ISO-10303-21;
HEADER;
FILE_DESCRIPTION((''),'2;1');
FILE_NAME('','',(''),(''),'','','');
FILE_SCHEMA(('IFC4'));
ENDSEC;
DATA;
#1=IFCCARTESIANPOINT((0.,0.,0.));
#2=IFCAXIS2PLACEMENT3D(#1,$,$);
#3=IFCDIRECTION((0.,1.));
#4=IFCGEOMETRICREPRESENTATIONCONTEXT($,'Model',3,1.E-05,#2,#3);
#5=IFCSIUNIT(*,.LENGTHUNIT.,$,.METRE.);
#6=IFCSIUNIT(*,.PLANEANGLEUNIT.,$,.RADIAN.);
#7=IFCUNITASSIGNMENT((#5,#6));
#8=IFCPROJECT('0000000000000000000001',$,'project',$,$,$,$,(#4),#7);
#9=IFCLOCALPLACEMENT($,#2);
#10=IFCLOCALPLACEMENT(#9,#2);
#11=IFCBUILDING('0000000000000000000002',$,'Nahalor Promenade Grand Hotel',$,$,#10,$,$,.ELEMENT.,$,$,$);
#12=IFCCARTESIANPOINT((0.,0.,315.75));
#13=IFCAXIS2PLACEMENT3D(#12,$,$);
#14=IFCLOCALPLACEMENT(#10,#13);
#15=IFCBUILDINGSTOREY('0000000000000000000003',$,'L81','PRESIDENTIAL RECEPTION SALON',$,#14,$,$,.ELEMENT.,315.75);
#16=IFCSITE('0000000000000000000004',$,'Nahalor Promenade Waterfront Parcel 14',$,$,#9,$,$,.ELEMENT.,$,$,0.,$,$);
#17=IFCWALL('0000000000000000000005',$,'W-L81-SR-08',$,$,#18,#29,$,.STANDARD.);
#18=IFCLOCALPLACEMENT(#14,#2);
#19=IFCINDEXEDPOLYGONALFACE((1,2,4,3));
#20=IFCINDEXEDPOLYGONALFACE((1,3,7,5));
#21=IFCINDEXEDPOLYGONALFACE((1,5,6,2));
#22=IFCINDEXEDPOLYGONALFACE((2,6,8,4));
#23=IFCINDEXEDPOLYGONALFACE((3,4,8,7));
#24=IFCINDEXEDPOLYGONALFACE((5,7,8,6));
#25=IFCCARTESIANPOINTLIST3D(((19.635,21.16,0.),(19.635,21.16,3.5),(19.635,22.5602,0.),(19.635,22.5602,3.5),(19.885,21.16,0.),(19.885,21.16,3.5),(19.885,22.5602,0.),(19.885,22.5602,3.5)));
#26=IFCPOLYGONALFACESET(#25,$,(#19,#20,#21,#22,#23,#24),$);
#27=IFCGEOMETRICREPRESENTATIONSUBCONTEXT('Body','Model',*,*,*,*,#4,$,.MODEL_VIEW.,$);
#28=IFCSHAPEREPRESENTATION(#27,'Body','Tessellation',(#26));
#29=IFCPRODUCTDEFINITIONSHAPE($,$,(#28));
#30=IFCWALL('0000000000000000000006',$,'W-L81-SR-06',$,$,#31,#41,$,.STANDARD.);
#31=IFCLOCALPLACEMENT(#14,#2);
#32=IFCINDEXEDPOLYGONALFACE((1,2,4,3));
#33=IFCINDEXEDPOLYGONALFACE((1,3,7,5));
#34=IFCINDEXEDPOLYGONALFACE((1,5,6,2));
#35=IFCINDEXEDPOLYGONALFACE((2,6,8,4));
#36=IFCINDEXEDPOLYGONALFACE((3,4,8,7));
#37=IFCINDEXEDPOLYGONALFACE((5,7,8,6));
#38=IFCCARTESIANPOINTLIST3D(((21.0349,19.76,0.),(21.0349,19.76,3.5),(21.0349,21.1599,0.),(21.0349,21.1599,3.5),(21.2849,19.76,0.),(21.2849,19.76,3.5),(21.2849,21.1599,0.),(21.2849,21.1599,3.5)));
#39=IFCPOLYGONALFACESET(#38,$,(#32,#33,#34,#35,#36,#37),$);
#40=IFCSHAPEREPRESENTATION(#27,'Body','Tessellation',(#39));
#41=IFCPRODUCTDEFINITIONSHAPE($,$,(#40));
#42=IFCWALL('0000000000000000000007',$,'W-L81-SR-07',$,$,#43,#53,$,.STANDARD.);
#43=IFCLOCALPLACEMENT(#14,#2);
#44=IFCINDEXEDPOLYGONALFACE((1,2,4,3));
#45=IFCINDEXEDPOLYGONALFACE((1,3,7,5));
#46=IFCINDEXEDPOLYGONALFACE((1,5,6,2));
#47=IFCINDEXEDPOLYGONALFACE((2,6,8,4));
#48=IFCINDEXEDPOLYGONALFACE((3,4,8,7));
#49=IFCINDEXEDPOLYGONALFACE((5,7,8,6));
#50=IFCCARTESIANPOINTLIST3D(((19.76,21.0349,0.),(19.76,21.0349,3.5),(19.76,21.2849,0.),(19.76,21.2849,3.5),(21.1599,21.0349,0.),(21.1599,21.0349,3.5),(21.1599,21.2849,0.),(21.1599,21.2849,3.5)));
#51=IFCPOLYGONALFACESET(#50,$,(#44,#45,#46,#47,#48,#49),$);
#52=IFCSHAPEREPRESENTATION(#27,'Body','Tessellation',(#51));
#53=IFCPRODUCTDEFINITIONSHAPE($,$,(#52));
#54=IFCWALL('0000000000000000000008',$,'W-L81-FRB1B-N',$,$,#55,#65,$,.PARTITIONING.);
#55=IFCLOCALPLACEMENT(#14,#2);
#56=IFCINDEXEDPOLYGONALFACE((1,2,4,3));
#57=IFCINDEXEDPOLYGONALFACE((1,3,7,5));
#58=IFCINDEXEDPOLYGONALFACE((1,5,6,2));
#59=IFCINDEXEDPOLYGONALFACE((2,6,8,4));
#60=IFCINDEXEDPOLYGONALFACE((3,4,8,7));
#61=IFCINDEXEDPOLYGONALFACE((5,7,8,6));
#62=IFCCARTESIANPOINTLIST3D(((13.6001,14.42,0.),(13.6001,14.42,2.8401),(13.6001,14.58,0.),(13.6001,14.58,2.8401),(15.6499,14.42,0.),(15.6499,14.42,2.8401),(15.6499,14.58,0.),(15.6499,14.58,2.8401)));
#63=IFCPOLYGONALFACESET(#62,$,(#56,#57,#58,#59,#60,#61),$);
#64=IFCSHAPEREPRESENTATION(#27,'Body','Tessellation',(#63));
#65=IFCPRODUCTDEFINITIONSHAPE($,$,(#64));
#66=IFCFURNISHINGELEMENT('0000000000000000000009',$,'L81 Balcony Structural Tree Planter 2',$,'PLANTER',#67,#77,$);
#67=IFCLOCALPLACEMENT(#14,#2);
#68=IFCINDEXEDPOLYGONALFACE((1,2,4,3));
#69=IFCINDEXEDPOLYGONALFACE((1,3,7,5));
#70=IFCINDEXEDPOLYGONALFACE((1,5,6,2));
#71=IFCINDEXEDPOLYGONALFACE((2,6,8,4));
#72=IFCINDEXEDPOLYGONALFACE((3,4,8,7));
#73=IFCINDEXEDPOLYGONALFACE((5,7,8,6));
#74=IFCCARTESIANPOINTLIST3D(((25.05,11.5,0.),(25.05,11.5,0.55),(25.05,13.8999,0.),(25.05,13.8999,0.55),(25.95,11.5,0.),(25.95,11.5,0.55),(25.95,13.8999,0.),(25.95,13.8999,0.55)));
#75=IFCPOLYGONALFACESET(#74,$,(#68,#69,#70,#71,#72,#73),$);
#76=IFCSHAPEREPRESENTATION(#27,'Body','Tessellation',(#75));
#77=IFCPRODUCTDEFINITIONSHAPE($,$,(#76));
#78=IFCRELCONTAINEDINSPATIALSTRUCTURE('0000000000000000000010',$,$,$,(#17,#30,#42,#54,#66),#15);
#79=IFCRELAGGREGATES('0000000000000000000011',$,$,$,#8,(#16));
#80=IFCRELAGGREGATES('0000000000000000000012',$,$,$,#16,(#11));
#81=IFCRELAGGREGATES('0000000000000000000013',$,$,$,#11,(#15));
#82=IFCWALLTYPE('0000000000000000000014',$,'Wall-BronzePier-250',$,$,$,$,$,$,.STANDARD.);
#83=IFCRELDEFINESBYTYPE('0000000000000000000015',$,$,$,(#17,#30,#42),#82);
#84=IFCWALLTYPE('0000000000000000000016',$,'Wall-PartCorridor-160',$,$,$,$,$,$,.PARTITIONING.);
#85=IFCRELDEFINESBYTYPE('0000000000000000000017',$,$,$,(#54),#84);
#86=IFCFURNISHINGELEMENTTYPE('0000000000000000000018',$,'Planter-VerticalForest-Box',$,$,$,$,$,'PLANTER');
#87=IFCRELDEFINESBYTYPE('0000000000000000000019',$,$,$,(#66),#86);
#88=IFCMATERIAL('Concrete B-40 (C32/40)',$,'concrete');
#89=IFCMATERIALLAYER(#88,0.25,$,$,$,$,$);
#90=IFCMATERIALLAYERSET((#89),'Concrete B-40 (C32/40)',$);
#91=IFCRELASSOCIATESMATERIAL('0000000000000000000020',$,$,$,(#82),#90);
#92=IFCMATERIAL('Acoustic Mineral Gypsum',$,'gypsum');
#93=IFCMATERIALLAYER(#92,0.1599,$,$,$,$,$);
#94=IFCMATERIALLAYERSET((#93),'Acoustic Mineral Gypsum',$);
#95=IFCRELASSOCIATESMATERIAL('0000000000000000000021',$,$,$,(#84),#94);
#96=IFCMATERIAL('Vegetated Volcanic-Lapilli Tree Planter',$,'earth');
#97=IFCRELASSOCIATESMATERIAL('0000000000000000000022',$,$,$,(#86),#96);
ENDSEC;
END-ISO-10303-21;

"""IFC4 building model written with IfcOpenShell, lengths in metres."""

from ifc_helpers import new_model, si_unit, direction, frame, frame_2d, origin, origin_2d, place, context, subcontext, project, spatial, rectangle, extrude, source, transform, mapped, material, layer, layer_set, type_object, element, save


model = new_model("IFC4")

# Units and contexts
model_context = context("Model", 3, precision=1e-05, world=origin(), true_north=direction((0.0, 1.0)))
body_context = subcontext(model_context, "Body", "Model", "MODEL_VIEW")
ifc_project = project(units=[si_unit("LENGTHUNIT", "METRE"), si_unit("PLANEANGLEUNIT", "RADIAN")], contexts=[model_context])

# Site, building, storey
site_placement = place(None, origin())
site = spatial("IfcSite", under=ifc_project, at=site_placement, Name="Nahalor Promenade Waterfront Parcel 14", CompositionType="ELEMENT", RefElevation=0.0)
building_placement = place(site_placement, origin())
building = spatial("IfcBuilding", under=site, at=building_placement, Name="Nahalor Promenade Grand Hotel", CompositionType="ELEMENT")
storey_placement = place(building_placement, frame((0.0, 0.0, 315.75)))
storey = spatial("IfcBuildingStorey", under=building, at=storey_placement, Name="L81", Description="PRESIDENTIAL RECEPTION SALON", CompositionType="ELEMENT", Elevation=315.75)

# Walls
ifc_material_1 = material(Name="Concrete B-40 (C32/40)", Category="concrete")
ifc_layer_1 = layer(ifc_material_1, 0.25)
ifc_layer_set_1 = layer_set([ifc_layer_1], Name="Concrete B-40 (C32/40)")
wall_type_1 = type_object("IfcWallType", Name="Wall-BronzePier-250", PredefinedType="STANDARD", material=ifc_layer_set_1)
shared_shape_1 = source(origin(), body_context, "Body", "SweptSolid", [
    extrude(rectangle(XDim=1.4001, YDim=0.25, at=frame_2d((0.7002, 0.0))), origin(), (0.0, 0.0, 1.0), 3.5),
])
for number, where, z_axis, x_axis, name in (
    (1, (19.76, 21.1599, 0.0), (0.0, 0.0, 1.0), (0.0, 1.0, 0.0), "W-L81-SR-08"),
):
    element("IfcWall", number, at=place(storey_placement, frame(where, z_axis=z_axis, x_axis=x_axis)), inside=storey, type_object=wall_type_1, Name=name, PredefinedType="STANDARD", context=body_context, shape_type="MappedRepresentation", body=[
        mapped(shared_shape_1, transform((0.0, 0.0, 0.0), scale=1.0)),
    ])
shared_shape_2 = source(origin(), body_context, "Body", "SweptSolid", [
    extrude(rectangle(XDim=1.3999, YDim=0.25, at=frame_2d((0.7, 0.0))), origin(), (0.0, 0.0, 1.0), 3.5),
])
for number, where, z_axis, x_axis, name in (
    (2, (21.1599, 19.76, 0.0), (0.0, 0.0, 1.0), (0.0, 1.0, 0.0), "W-L81-SR-06"),
    (3, (19.76, 21.1599, 0.0), (0.0, 0.0, 1.0), (1.0, 0.0, 0.0), "W-L81-SR-07"),
):
    element("IfcWall", number, at=place(storey_placement, frame(where, z_axis=z_axis, x_axis=x_axis)), inside=storey, type_object=wall_type_1, Name=name, PredefinedType="STANDARD", context=body_context, shape_type="MappedRepresentation", body=[
        mapped(shared_shape_2, transform((0.0, 0.0, 0.0), scale=1.0)),
    ])
ifc_material_2 = material(Name="Acoustic Mineral Gypsum", Category="gypsum")
ifc_layer_2 = layer(ifc_material_2, 0.1599)
ifc_layer_set_2 = layer_set([ifc_layer_2], Name="Acoustic Mineral Gypsum")
wall_type_2 = type_object("IfcWallType", Name="Wall-PartCorridor-160", PredefinedType="PARTITIONING", material=ifc_layer_set_2)
shared_shape_3 = source(origin(), body_context, "Body", "SweptSolid", [
    extrude(rectangle(XDim=2.0498, YDim=0.1599, at=frame_2d((1.0249, 0.0))), origin(), (0.0, 0.0, 1.0), 2.8401),
])
wall_1_placement = place(storey_placement, frame((13.6001, 14.5, 0.0), z_axis=(0.0, 0.0, 1.0), x_axis=(1.0, 0.0, 0.0)))
element("IfcWall", 4, at=wall_1_placement, inside=storey, type_object=wall_type_2, Name="W-L81-FRB1B-N", PredefinedType="PARTITIONING", context=body_context, shape_type="MappedRepresentation", body=[
    mapped(shared_shape_3, transform((0.0, 0.0, 0.0), scale=1.0)),
])

# Furnishing element
ifc_material_3 = material(Name="Vegetated Volcanic-Lapilli Tree Planter", Category="earth")
furnishing_element_type = type_object("IfcFurnishingElementType", Name="Planter-VerticalForest-Box", ElementType="PLANTER", material=ifc_material_3)
shared_shape_4 = source(origin(), body_context, "Body", "SweptSolid", [
    extrude(rectangle(XDim=2.3999, YDim=0.8999, at=origin_2d()), origin(), (0.0, 0.0, 1.0), 0.55),
])
furnishing_placement = place(storey_placement, frame((25.5, 12.7, 0.0), z_axis=(0.0, 0.0, 1.0), x_axis=(0.0, 1.0, 0.0)))
element("IfcFurnishingElement", 5, at=furnishing_placement, inside=storey, type_object=furnishing_element_type, Name="L81 Balcony Structural Tree Planter 2", ObjectType="PLANTER", context=body_context, shape_type="MappedRepresentation", body=[
    mapped(shared_shape_4, transform((0.0, 0.0, 0.0), scale=1.0)),
])

save(model, "model.ifc")
